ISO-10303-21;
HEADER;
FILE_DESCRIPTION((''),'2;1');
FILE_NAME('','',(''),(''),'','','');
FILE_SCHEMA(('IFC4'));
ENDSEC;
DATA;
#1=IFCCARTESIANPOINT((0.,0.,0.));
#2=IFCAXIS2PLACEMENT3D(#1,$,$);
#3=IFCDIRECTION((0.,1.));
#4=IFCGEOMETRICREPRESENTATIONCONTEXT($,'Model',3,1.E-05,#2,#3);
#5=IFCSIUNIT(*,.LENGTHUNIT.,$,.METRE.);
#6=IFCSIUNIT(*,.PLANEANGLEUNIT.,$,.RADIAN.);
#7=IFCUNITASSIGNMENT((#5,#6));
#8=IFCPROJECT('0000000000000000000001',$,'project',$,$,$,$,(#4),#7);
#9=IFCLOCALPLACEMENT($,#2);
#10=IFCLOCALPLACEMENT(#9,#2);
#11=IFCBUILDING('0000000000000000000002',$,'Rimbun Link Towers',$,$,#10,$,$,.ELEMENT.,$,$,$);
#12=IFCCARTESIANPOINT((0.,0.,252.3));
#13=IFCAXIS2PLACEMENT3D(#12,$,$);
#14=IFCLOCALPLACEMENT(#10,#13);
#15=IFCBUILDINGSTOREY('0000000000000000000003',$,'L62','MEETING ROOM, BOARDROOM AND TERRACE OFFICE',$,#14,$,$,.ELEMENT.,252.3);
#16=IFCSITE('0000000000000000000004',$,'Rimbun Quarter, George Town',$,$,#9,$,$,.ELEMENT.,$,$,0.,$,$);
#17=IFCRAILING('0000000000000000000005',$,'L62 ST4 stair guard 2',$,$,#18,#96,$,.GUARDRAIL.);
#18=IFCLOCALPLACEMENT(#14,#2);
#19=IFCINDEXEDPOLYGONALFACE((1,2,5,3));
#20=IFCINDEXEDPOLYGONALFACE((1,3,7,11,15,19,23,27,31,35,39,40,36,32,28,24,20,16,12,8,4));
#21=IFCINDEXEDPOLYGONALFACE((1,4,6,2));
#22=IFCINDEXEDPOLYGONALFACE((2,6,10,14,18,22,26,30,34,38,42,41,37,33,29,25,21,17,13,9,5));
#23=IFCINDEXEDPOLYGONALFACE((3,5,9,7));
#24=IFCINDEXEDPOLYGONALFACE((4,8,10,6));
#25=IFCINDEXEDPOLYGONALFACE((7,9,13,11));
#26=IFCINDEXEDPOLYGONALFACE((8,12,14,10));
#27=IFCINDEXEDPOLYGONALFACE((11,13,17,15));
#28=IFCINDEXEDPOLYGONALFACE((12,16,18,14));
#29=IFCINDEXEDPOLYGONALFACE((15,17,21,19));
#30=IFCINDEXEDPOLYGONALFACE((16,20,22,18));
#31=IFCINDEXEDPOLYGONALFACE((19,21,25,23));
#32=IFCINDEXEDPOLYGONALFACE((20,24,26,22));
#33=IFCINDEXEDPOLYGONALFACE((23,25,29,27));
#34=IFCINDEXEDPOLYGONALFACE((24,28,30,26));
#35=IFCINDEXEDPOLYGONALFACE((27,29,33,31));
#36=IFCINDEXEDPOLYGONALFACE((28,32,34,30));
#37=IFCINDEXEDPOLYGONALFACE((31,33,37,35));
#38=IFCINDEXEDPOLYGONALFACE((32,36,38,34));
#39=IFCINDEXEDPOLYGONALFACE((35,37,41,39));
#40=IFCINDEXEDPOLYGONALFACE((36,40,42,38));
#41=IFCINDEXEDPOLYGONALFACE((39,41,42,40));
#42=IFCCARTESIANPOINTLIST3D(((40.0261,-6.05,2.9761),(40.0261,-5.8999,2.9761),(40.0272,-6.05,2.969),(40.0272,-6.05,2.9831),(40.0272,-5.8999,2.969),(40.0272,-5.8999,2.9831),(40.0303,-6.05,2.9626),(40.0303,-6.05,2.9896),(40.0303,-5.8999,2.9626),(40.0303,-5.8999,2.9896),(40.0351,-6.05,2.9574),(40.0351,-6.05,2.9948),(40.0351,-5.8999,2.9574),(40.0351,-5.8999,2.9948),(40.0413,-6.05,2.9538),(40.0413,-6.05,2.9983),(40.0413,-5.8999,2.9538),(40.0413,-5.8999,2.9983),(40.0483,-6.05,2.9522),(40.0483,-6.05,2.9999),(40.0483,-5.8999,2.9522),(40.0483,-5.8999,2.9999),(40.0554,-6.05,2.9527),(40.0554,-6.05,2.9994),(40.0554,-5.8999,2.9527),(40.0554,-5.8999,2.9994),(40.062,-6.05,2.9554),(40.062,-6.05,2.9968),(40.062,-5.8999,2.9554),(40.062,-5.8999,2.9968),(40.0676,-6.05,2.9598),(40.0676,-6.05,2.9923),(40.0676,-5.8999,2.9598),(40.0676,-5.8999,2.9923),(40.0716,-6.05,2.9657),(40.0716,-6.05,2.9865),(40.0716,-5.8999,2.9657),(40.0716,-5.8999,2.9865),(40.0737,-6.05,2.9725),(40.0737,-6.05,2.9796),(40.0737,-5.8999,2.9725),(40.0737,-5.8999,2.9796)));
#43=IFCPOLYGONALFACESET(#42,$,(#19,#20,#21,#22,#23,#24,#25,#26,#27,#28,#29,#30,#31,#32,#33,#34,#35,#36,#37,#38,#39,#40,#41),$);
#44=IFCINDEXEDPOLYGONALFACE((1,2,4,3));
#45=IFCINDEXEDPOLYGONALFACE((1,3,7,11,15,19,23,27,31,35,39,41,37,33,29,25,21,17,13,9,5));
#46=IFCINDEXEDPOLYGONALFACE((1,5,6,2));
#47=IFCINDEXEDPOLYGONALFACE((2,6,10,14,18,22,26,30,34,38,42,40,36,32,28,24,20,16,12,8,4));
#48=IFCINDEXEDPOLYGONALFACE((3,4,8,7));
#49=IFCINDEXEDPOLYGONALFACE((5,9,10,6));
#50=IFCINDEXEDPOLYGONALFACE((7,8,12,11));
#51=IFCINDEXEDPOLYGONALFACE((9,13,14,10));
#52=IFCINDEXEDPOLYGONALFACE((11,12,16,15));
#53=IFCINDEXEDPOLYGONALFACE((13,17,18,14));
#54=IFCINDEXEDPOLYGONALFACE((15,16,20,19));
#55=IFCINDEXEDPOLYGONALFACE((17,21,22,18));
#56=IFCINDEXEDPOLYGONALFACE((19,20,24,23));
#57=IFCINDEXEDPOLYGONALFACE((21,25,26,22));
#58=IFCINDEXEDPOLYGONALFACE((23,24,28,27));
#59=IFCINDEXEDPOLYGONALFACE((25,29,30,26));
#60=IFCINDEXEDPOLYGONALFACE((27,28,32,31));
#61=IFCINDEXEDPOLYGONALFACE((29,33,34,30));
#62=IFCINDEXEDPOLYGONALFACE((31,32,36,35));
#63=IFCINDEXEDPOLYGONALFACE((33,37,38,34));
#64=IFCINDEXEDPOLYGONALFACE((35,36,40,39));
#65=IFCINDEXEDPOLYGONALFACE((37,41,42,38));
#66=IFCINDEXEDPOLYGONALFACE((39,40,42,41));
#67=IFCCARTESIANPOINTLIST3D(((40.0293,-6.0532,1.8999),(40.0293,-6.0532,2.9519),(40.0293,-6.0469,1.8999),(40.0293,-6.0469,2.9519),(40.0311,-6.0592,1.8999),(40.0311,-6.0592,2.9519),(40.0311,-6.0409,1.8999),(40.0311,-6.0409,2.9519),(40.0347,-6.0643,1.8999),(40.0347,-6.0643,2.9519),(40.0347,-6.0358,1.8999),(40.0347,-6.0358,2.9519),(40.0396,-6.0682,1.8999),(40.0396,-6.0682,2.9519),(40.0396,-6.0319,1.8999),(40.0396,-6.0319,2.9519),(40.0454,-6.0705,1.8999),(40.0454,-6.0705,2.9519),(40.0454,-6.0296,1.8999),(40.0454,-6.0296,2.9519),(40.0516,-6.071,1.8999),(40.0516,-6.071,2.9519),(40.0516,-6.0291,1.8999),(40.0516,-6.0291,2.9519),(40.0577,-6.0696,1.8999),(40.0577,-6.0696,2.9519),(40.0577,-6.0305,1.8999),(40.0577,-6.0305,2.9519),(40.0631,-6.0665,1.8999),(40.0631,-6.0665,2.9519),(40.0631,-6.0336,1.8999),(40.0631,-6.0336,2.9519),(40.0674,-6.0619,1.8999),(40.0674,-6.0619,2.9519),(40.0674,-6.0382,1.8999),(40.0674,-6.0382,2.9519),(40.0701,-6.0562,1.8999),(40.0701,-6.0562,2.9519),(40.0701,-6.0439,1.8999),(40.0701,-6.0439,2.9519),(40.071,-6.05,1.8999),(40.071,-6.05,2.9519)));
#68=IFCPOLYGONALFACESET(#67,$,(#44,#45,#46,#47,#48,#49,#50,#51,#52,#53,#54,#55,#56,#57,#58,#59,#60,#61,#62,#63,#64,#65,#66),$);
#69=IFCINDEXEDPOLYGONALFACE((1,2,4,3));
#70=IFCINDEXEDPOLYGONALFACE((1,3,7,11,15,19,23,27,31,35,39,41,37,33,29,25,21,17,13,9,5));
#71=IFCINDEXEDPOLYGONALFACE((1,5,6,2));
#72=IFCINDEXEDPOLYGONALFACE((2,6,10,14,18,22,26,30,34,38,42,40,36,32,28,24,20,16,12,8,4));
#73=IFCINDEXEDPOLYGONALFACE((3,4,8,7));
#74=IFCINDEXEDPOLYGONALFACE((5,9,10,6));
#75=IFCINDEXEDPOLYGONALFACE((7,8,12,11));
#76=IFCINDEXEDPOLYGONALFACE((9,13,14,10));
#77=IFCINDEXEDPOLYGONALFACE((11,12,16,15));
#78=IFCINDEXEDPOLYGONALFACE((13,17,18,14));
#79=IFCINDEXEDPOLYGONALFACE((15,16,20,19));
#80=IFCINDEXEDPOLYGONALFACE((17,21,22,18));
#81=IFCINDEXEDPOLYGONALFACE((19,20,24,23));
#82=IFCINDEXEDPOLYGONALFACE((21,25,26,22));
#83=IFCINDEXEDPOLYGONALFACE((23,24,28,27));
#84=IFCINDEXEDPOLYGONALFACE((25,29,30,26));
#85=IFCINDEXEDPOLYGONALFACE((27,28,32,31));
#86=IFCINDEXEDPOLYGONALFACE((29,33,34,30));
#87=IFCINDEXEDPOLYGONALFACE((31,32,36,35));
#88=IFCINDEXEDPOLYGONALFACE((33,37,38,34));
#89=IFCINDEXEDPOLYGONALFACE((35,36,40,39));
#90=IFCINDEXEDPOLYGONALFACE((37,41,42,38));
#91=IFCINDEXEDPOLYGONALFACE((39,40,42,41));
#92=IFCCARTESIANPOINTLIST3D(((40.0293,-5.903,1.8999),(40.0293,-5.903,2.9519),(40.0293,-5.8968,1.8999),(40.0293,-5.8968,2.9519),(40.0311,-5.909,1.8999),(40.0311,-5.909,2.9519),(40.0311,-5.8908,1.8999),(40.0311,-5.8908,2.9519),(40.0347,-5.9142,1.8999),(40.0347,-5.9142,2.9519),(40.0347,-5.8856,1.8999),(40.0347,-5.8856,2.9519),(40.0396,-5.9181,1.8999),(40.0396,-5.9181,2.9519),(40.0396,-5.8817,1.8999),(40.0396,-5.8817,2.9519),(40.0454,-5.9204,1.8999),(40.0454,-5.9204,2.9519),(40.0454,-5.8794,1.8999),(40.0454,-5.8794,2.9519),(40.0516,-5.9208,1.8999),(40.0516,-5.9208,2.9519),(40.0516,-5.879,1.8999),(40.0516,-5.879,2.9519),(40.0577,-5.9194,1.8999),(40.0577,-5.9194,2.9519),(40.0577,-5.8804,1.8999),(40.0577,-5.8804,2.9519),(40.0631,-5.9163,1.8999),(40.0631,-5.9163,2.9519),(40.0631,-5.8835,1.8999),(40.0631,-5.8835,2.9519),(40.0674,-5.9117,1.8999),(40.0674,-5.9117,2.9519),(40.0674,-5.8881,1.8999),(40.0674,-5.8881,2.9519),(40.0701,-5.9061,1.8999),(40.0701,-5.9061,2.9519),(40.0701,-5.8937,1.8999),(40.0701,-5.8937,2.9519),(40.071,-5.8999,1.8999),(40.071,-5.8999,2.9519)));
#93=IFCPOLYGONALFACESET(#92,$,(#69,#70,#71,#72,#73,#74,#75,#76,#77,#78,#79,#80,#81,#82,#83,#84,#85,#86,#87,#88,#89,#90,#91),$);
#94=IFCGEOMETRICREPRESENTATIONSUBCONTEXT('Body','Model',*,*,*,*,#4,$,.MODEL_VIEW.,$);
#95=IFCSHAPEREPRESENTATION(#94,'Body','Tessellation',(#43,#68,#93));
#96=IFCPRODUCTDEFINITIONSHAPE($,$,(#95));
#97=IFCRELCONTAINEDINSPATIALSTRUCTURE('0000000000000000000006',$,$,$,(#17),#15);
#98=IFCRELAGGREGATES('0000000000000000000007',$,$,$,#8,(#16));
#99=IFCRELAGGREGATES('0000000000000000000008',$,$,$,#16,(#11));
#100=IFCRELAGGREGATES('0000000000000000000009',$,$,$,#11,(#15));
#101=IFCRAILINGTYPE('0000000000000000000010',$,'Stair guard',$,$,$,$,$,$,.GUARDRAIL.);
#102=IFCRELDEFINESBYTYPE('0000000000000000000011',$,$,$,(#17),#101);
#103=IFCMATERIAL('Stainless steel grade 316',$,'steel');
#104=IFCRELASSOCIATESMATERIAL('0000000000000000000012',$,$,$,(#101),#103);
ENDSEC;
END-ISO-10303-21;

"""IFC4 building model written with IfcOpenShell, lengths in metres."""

from ifc_helpers import new_model, si_unit, direction, frame, origin, origin_2d, place, context, subcontext, project, spatial, circle, extrude, material, type_object, element, save


model = new_model("IFC4")

# Units and contexts
model_context = context("Model", 3, precision=1e-05, world=origin(), true_north=direction((0.0, 1.0)))
body_context = subcontext(model_context, "Body", "Model", "MODEL_VIEW")
ifc_project = project(units=[si_unit("LENGTHUNIT", "METRE"), si_unit("PLANEANGLEUNIT", "RADIAN")], contexts=[model_context])

# Site, building, storey
site_placement = place(None, origin())
site = spatial("IfcSite", under=ifc_project, at=site_placement, Name="Rimbun Quarter, George Town", CompositionType="ELEMENT", RefElevation=0.0)
building_placement = place(site_placement, origin())
building = spatial("IfcBuilding", under=site, at=building_placement, Name="Rimbun Link Towers", CompositionType="ELEMENT")
storey_placement = place(building_placement, frame((0.0, 0.0, 252.3)))
storey = spatial("IfcBuildingStorey", under=building, at=storey_placement, Name="L62", Description="MEETING ROOM, BOARDROOM AND TERRACE OFFICE", CompositionType="ELEMENT", Elevation=252.3)

# Railing
ifc_material_1 = material(Name="Stainless steel grade 316", Category="steel")
railing_type_1 = type_object("IfcRailingType", Name="Stair guard", PredefinedType="GUARDRAIL", material=ifc_material_1)
railing_1_placement = place(storey_placement, frame((40.05, -6.05, 1.8999)))
element("IfcRailing", 1, at=railing_1_placement, inside=storey, type_object=railing_type_1, Name="L62 ST4 stair guard 2", PredefinedType="GUARDRAIL", context=body_context, shape_type="SweptSolid", body=[
    extrude(circle(Radius=0.0239, at=origin_2d()), frame((0.0, 0.0, 1.0762), z_axis=(0.0, 1.0, 0.0), x_axis=(-1.0, 0.0, 0.0)), (0.0, 0.0, 1.0), 0.1501),
    extrude(circle(Radius=0.021, at=origin_2d()), origin(), (0.0, 0.0, 1.0), 1.052),
    extrude(circle(Radius=0.021, at=origin_2d()), frame((0.0, 0.1501, 0.0)), (0.0, 0.0, 1.0), 1.052),
])

save(model, "model.ifc")
